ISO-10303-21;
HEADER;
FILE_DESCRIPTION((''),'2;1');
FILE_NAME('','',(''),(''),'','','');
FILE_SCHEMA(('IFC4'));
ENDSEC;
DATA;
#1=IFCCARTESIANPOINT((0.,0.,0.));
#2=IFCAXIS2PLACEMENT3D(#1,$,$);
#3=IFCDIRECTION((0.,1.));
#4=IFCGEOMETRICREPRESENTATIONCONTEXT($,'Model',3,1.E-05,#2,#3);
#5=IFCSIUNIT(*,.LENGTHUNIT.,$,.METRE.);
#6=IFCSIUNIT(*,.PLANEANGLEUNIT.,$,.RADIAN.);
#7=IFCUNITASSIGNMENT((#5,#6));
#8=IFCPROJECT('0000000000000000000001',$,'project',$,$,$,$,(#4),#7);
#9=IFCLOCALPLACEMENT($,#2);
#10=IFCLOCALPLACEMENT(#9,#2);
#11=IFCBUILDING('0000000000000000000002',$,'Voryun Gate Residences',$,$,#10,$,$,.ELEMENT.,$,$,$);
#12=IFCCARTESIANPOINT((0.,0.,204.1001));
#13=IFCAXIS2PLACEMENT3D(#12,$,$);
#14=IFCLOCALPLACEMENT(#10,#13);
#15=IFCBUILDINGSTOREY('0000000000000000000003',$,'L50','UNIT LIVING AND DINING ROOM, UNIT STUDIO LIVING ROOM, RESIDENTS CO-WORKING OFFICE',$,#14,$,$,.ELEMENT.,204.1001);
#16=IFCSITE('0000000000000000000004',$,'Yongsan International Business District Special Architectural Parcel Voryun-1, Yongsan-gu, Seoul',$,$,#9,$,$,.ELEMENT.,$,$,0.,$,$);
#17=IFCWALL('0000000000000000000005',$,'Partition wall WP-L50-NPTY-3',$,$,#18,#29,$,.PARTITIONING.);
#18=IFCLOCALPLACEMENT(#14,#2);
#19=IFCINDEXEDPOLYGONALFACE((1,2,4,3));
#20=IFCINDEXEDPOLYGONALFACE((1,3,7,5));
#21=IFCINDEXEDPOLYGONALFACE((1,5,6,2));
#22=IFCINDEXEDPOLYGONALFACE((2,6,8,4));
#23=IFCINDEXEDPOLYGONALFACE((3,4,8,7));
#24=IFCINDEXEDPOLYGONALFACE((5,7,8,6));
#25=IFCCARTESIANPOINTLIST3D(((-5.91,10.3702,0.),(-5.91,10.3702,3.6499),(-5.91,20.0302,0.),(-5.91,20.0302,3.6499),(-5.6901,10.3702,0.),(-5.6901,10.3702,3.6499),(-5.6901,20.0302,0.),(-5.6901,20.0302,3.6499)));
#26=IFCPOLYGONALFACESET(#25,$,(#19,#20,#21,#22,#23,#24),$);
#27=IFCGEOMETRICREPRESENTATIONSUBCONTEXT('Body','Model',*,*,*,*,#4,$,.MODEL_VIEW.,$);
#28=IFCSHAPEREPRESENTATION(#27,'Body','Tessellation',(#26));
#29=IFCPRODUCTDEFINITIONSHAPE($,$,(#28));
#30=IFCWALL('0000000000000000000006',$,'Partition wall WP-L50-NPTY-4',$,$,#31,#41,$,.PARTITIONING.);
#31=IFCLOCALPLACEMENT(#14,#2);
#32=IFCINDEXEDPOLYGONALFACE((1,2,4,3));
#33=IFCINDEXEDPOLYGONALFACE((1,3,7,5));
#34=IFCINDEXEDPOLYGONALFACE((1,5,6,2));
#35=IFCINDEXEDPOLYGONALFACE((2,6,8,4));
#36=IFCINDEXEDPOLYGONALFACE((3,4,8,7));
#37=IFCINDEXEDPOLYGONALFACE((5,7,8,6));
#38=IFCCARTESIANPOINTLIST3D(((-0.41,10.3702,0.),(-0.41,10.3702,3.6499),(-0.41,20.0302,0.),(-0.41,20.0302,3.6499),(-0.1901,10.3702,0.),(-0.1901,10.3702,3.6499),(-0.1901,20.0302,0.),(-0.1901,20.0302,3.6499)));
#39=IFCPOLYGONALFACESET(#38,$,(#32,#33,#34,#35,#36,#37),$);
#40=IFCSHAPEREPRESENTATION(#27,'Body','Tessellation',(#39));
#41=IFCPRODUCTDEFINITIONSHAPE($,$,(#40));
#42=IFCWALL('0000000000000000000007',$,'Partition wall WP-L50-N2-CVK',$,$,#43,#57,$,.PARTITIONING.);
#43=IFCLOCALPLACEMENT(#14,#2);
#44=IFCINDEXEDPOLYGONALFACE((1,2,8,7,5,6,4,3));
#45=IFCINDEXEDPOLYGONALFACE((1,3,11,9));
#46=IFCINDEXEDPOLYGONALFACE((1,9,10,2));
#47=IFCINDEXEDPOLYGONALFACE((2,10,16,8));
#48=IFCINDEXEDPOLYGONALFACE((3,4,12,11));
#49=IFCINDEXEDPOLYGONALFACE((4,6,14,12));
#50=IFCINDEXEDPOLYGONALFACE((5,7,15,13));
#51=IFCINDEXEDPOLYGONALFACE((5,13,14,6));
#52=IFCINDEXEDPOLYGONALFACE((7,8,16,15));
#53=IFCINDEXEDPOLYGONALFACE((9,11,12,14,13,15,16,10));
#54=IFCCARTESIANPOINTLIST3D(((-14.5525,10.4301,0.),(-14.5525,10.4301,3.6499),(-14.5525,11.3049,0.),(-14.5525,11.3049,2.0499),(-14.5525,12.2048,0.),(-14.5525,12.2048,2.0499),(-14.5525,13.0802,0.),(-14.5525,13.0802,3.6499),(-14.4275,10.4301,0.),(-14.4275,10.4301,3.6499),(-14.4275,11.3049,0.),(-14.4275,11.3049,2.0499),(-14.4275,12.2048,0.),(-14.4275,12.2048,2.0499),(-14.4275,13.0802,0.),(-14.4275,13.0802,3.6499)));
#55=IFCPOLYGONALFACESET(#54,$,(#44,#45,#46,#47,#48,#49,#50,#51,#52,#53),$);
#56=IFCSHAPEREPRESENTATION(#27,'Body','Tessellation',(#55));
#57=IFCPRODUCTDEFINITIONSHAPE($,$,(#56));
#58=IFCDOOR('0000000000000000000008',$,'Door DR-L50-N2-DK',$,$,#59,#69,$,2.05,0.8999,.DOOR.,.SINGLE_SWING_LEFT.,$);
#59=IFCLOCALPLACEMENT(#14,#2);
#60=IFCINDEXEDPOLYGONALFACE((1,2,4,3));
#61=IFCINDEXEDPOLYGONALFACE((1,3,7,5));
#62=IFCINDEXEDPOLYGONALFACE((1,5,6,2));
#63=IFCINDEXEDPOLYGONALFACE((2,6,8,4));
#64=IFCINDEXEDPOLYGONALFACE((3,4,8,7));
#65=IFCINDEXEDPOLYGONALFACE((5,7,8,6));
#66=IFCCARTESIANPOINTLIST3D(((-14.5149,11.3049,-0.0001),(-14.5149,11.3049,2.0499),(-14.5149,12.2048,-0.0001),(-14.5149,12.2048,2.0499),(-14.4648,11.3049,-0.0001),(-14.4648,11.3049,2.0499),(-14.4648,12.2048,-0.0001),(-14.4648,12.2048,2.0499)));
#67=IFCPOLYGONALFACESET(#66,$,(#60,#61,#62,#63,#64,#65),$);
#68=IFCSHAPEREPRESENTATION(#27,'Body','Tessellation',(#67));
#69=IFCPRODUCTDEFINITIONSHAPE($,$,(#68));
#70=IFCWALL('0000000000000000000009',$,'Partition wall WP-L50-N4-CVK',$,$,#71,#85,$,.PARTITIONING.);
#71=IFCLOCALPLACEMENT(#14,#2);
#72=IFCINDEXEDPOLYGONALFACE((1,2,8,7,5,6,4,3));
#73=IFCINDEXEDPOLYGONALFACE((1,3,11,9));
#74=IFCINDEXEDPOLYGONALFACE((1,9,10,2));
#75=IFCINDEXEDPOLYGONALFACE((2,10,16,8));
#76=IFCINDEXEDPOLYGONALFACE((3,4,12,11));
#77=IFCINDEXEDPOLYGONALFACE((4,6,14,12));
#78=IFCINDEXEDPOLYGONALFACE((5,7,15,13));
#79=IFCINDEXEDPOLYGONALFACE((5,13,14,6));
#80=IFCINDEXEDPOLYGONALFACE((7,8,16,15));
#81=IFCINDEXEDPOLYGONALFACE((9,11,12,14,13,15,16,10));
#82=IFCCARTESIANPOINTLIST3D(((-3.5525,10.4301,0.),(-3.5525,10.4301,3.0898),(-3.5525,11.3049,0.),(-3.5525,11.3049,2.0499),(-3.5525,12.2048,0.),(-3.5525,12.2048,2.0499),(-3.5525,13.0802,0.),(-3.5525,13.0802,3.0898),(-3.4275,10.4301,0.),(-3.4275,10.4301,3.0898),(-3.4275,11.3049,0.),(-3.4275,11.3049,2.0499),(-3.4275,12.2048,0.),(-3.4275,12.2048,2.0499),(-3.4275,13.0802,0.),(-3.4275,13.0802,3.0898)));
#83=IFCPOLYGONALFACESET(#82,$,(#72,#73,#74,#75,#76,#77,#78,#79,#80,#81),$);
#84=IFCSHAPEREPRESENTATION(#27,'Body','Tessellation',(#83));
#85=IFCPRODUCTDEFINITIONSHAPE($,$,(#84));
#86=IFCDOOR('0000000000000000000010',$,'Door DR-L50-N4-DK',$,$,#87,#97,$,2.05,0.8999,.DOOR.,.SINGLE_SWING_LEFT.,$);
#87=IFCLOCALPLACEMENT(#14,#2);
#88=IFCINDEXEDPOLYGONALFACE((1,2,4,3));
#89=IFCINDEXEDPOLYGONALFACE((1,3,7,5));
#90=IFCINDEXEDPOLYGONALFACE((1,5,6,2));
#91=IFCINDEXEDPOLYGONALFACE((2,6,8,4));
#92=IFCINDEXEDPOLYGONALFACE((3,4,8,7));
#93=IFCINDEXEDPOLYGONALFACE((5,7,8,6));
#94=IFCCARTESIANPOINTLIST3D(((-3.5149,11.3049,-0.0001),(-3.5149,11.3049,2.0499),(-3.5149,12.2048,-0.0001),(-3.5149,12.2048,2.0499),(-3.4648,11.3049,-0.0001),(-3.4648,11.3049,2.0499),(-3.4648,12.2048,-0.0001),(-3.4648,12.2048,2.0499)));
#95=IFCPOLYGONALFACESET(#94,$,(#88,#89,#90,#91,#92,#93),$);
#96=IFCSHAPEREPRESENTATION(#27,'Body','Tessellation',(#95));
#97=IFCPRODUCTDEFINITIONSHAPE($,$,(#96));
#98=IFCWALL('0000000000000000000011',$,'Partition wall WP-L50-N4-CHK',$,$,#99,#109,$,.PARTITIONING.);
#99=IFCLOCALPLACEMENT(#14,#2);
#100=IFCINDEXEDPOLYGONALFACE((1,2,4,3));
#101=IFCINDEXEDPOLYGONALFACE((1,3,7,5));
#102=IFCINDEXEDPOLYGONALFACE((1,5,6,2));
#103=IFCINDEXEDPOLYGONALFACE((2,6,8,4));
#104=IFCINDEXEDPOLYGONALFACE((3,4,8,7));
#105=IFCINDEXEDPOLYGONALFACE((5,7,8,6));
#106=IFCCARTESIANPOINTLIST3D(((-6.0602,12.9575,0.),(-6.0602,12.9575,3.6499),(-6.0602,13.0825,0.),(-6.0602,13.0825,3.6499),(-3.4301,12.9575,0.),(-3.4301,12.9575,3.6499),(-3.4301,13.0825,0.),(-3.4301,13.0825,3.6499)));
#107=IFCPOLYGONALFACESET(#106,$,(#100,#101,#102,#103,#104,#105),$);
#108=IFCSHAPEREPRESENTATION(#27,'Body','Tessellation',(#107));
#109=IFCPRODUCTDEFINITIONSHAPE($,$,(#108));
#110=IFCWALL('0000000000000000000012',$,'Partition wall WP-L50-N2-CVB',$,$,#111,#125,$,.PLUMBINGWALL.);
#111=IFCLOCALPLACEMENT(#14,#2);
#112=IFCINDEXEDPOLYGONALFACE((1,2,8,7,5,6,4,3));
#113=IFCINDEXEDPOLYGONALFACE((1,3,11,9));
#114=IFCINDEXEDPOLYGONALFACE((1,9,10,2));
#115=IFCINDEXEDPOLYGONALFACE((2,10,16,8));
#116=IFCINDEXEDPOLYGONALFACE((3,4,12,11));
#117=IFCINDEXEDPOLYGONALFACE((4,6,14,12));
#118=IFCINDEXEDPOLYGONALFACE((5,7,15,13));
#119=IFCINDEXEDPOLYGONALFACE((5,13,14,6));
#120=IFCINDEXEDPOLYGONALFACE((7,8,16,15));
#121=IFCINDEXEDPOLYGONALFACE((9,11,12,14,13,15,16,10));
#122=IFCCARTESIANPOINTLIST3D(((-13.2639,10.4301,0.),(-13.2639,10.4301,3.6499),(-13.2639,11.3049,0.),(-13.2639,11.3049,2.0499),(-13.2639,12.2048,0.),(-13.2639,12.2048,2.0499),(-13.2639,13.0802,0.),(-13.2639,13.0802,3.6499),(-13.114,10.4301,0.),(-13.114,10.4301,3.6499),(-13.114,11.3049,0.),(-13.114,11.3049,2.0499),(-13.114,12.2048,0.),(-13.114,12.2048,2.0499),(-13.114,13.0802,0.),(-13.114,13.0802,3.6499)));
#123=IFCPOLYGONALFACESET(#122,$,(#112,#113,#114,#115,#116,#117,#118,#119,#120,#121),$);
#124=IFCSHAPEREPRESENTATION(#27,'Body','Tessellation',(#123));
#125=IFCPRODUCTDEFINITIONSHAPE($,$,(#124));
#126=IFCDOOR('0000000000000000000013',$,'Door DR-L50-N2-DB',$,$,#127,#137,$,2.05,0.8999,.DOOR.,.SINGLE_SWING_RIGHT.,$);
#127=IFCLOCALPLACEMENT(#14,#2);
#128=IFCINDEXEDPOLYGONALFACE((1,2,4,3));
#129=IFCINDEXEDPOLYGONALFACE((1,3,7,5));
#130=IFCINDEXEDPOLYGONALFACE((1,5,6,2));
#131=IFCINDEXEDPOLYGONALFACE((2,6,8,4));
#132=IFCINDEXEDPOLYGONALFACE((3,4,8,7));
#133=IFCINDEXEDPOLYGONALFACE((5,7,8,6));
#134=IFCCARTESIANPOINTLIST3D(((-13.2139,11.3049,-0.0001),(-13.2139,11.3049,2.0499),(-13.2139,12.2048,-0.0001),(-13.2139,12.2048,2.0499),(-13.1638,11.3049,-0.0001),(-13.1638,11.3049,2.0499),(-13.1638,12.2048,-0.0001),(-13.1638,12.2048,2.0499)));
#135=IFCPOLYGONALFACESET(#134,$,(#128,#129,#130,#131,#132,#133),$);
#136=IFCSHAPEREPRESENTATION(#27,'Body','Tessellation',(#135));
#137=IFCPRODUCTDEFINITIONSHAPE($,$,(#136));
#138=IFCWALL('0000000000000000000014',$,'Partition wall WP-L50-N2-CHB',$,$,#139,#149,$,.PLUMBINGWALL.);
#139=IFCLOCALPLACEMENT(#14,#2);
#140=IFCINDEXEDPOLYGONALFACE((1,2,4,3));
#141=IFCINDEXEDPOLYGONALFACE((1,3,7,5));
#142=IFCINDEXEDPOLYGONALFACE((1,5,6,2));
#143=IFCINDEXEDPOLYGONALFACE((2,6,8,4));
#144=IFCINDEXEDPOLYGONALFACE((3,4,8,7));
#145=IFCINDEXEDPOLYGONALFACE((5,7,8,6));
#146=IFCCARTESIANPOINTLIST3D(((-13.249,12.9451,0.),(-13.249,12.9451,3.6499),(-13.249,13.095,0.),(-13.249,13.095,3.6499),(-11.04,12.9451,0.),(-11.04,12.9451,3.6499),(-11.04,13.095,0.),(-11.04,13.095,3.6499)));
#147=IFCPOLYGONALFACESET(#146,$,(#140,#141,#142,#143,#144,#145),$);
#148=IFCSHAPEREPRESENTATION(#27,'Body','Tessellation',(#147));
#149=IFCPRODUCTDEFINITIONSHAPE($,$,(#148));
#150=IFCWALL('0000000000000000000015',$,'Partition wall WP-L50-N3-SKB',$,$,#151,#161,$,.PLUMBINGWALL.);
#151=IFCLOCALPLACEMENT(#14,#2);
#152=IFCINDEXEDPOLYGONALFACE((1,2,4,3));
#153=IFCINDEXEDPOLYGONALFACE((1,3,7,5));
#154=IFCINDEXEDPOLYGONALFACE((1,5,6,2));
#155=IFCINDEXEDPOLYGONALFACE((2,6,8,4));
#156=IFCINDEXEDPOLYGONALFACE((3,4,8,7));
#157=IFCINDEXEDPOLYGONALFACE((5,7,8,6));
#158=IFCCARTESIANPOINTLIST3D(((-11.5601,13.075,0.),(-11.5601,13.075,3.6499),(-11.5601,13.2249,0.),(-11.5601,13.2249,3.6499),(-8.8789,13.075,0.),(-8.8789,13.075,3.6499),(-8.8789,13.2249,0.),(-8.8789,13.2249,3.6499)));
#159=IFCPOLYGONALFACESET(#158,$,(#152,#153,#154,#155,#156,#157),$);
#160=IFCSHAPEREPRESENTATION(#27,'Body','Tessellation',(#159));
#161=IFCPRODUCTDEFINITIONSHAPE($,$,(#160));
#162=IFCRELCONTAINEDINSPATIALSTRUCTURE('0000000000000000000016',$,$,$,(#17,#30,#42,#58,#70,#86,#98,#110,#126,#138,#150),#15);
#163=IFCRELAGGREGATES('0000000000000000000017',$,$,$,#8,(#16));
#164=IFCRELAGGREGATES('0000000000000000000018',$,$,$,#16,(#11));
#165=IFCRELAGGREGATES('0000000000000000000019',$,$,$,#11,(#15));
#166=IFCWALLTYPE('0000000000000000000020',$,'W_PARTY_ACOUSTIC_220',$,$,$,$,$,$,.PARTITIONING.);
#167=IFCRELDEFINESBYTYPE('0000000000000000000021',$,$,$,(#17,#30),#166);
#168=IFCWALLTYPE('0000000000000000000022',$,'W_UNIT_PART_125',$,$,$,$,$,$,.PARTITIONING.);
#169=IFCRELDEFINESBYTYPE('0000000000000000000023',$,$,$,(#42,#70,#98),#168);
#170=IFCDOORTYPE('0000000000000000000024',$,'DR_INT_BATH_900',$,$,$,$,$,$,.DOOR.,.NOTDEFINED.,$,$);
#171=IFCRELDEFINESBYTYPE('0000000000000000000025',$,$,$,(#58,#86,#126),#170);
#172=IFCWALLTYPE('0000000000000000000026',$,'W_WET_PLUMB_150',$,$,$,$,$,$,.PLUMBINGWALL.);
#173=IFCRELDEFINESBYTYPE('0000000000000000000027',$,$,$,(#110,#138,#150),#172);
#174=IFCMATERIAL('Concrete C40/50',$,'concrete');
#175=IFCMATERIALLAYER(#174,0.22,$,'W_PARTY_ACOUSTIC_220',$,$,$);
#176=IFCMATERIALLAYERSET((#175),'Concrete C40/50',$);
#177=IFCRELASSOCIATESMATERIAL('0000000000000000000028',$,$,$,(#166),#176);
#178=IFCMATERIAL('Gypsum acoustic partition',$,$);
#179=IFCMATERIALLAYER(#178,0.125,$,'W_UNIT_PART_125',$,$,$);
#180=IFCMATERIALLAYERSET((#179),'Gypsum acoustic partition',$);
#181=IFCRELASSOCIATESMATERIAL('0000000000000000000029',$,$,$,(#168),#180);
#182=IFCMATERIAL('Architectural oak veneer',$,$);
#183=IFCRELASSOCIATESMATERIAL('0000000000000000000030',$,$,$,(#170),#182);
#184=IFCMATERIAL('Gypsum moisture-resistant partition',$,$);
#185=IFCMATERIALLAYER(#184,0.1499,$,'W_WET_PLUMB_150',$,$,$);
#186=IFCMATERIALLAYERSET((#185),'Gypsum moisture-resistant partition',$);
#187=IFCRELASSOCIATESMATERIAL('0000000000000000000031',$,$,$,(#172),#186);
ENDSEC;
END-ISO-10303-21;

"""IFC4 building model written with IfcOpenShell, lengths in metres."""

from ifc_helpers import new_model, si_unit, direction, frame, frame_2d, origin, place, context, subcontext, project, spatial, rectangle, extrude, material, layer, layer_set, type_object, element, fill, save


model = new_model("IFC4")

# Units and contexts
model_context = context("Model", 3, precision=1e-05, world=origin(), true_north=direction((0.0, 1.0)))
body_context = subcontext(model_context, "Body", "Model", "MODEL_VIEW")
ifc_project = project(units=[si_unit("LENGTHUNIT", "METRE"), si_unit("PLANEANGLEUNIT", "RADIAN")], contexts=[model_context])

# Site, building, storey
site_placement = place(None, origin())
site = spatial("IfcSite", under=ifc_project, at=site_placement, Name="Yongsan International Business District Special Architectural Parcel Voryun-1, Yongsan-gu, Seoul", CompositionType="ELEMENT", RefElevation=0.0)
building_placement = place(site_placement, origin())
building = spatial("IfcBuilding", under=site, at=building_placement, Name="Voryun Gate Residences", CompositionType="ELEMENT")
storey_placement = place(building_placement, frame((0.0, 0.0, 204.1001)))
storey = spatial("IfcBuildingStorey", under=building, at=storey_placement, Name="L50", Description="UNIT LIVING AND DINING ROOM, UNIT STUDIO LIVING ROOM, RESIDENTS CO-WORKING OFFICE", CompositionType="ELEMENT", Elevation=204.1001)

# Walls
ifc_material_1 = material(Name="Concrete C40/50", Category="concrete")
ifc_layer_1 = layer(ifc_material_1, 0.22, Name="W_PARTY_ACOUSTIC_220")
ifc_layer_set_1 = layer_set([ifc_layer_1], Name="Concrete C40/50")
wall_type_1 = type_object("IfcWallType", Name="W_PARTY_ACOUSTIC_220", PredefinedType="PARTITIONING", material=ifc_layer_set_1)
for number, where, z_axis, x_axis, name in (
    (1, (-5.8, 10.3701, 0.0), (0.0, 0.0, 1.0), (0.0, 1.0, 0.0), "Partition wall WP-L50-NPTY-3"),
    (2, (-0.3, 10.3701, 0.0), (0.0, 0.0, 1.0), (0.0, 1.0, 0.0), "Partition wall WP-L50-NPTY-4"),
):
    element("IfcWall", number, at=place(storey_placement, frame(where, z_axis=z_axis, x_axis=x_axis)), inside=storey, type_object=wall_type_1, Name=name, PredefinedType="PARTITIONING", context=body_context, shape_type="SweptSolid", body=[
        extrude(rectangle(XDim=9.6599, YDim=0.22, at=frame_2d((4.8301, 0.0))), origin(), (0.0, 0.0, 1.0), 3.6499),
    ])

# Walls, openings, doors
ifc_material_2 = material(Name="Gypsum acoustic partition")
ifc_layer_2 = layer(ifc_material_2, 0.125, Name="W_UNIT_PART_125")
ifc_layer_set_2 = layer_set([ifc_layer_2], Name="Gypsum acoustic partition")
wall_type_2 = type_object("IfcWallType", Name="W_UNIT_PART_125", PredefinedType="PARTITIONING", material=ifc_layer_set_2)
wall_1_placement = place(storey_placement, frame((-14.49, 10.4299, 0.0), z_axis=(0.0, 0.0, 1.0), x_axis=(0.0, 1.0, 0.0)))
wall_1 = element("IfcWall", 3, at=wall_1_placement, inside=storey, type_object=wall_type_2, Name="Partition wall WP-L50-N2-CVK", PredefinedType="PARTITIONING", context=body_context, shape_type="SweptSolid", body=[
    extrude(rectangle(XDim=2.6501, YDim=0.125, at=frame_2d((1.3252, 0.0))), origin(), (0.0, 0.0, 1.0), 3.6499),
])
opening_1_placement = place(wall_1_placement, frame((0.875, 0.0, 0.0)))
opening_1 = element("IfcOpeningElement", 4, at=opening_1_placement, cuts=wall_1, PredefinedType="OPENING", context=body_context, shape_type="SweptSolid", body=[
    extrude(rectangle(XDim=0.8999, YDim=2.05, at=frame_2d((0.45, 1.0249))), frame((0.0, 0.0725, 0.0), z_axis=(0.0, -1.0, 0.0), x_axis=(1.0, 0.0, 0.0)), (0.0, 0.0, 1.0), 0.145),
])
ifc_material_3 = material(Name="Architectural oak veneer")
door_type_1 = type_object("IfcDoorType", Name="DR_INT_BATH_900", OperationType="NOTDEFINED", PredefinedType="DOOR", material=ifc_material_3)
door_1_placement = place(opening_1_placement, origin())
door_1 = element("IfcDoor", 5, at=door_1_placement, inside=storey, type_object=door_type_1, Name="Door DR-L50-N2-DK", OperationType="SINGLE_SWING_LEFT", OverallHeight=2.05, OverallWidth=0.8999, PredefinedType="DOOR", context=body_context, shape_type="SweptSolid", body=[
    extrude(rectangle(XDim=0.8999, YDim=2.05, at=frame_2d((0.45, 1.0249))), frame((0.0, 0.0249, 0.0), z_axis=(0.0, -1.0, 0.0), x_axis=(1.0, 0.0, 0.0)), (0.0, 0.0, 1.0), 0.05),
])
fill(opening_1, door_1)
wall_2_placement = place(storey_placement, frame((-3.49, 10.4299, 0.0), z_axis=(0.0, 0.0, 1.0), x_axis=(0.0, 1.0, 0.0)))
wall_2 = element("IfcWall", 6, at=wall_2_placement, inside=storey, type_object=wall_type_2, Name="Partition wall WP-L50-N4-CVK", PredefinedType="PARTITIONING", context=body_context, shape_type="SweptSolid", body=[
    extrude(rectangle(XDim=2.6501, YDim=0.125, at=frame_2d((1.3252, 0.0))), origin(), (0.0, 0.0, 1.0), 3.0898),
])
opening_2_placement = place(wall_2_placement, frame((0.875, 0.0, 0.0)))
opening_2 = element("IfcOpeningElement", 7, at=opening_2_placement, cuts=wall_2, PredefinedType="OPENING", context=body_context, shape_type="SweptSolid", body=[
    extrude(rectangle(XDim=0.8999, YDim=2.05, at=frame_2d((0.45, 1.0249))), frame((0.0, 0.0725, 0.0), z_axis=(0.0, -1.0, 0.0), x_axis=(1.0, 0.0, 0.0)), (0.0, 0.0, 1.0), 0.145),
])
door_2_placement = place(opening_2_placement, origin())
door_2 = element("IfcDoor", 8, at=door_2_placement, inside=storey, type_object=door_type_1, Name="Door DR-L50-N4-DK", OperationType="SINGLE_SWING_LEFT", OverallHeight=2.05, OverallWidth=0.8999, PredefinedType="DOOR", context=body_context, shape_type="SweptSolid", body=[
    extrude(rectangle(XDim=0.8999, YDim=2.05, at=frame_2d((0.45, 1.0249))), frame((0.0, 0.0249, 0.0), z_axis=(0.0, -1.0, 0.0), x_axis=(1.0, 0.0, 0.0)), (0.0, 0.0, 1.0), 0.05),
])
fill(opening_2, door_2)

# Wall
wall_3_placement = place(storey_placement, frame((-6.0601, 13.02, 0.0), z_axis=(0.0, 0.0, 1.0), x_axis=(1.0, 0.0, 0.0)))
element("IfcWall", 9, at=wall_3_placement, inside=storey, type_object=wall_type_2, Name="Partition wall WP-L50-N4-CHK", PredefinedType="PARTITIONING", context=body_context, shape_type="SweptSolid", body=[
    extrude(rectangle(XDim=2.6301, YDim=0.125, at=frame_2d((1.3149, 0.0))), origin(), (0.0, 0.0, 1.0), 3.6499),
])

# Wall, opening, door
ifc_material_4 = material(Name="Gypsum moisture-resistant partition")
ifc_layer_3 = layer(ifc_material_4, 0.1499, Name="W_WET_PLUMB_150")
ifc_layer_set_3 = layer_set([ifc_layer_3], Name="Gypsum moisture-resistant partition")
wall_type_3 = type_object("IfcWallType", Name="W_WET_PLUMB_150", PredefinedType="PLUMBINGWALL", material=ifc_layer_set_3)
wall_4_placement = place(storey_placement, frame((-13.189, 10.4299, 0.0), z_axis=(0.0, 0.0, 1.0), x_axis=(0.0, 1.0, 0.0)))
wall_4 = element("IfcWall", 10, at=wall_4_placement, inside=storey, type_object=wall_type_3, Name="Partition wall WP-L50-N2-CVB", PredefinedType="PLUMBINGWALL", context=body_context, shape_type="SweptSolid", body=[
    extrude(rectangle(XDim=2.6501, YDim=0.1499, at=frame_2d((1.3252, 0.0))), origin(), (0.0, 0.0, 1.0), 3.6499),
])
opening_3_placement = place(wall_4_placement, frame((0.875, 0.0, 0.0)))
opening_3 = element("IfcOpeningElement", 11, at=opening_3_placement, cuts=wall_4, PredefinedType="OPENING", context=body_context, shape_type="SweptSolid", body=[
    extrude(rectangle(XDim=0.8999, YDim=2.05, at=frame_2d((0.45, 1.0249))), frame((0.0, 0.085, 0.0), z_axis=(0.0, -1.0, 0.0), x_axis=(1.0, 0.0, 0.0)), (0.0, 0.0, 1.0), 0.1699),
])
door_3_placement = place(opening_3_placement, origin())
door_3 = element("IfcDoor", 12, at=door_3_placement, inside=storey, type_object=door_type_1, Name="Door DR-L50-N2-DB", OperationType="SINGLE_SWING_RIGHT", OverallHeight=2.05, OverallWidth=0.8999, PredefinedType="DOOR", context=body_context, shape_type="SweptSolid", body=[
    extrude(rectangle(XDim=0.8999, YDim=2.05, at=frame_2d((0.45, 1.0249))), frame((0.0, 0.0249, 0.0), z_axis=(0.0, -1.0, 0.0), x_axis=(1.0, 0.0, 0.0)), (0.0, 0.0, 1.0), 0.05),
])
fill(opening_3, door_3)

# Walls
wall_5_placement = place(storey_placement, frame((-13.249, 13.02, 0.0), z_axis=(0.0, 0.0, 1.0), x_axis=(1.0, 0.0, 0.0)))
element("IfcWall", 13, at=wall_5_placement, inside=storey, type_object=wall_type_3, Name="Partition wall WP-L50-N2-CHB", PredefinedType="PLUMBINGWALL", context=body_context, shape_type="SweptSolid", body=[
    extrude(rectangle(XDim=2.209, YDim=0.1499, at=frame_2d((1.1045, 0.0))), origin(), (0.0, 0.0, 1.0), 3.6499),
])
wall_6_placement = place(storey_placement, frame((-11.5601, 13.1499, 0.0), z_axis=(0.0, 0.0, 1.0), x_axis=(1.0, 0.0, 0.0)))
element("IfcWall", 14, at=wall_6_placement, inside=storey, type_object=wall_type_3, Name="Partition wall WP-L50-N3-SKB", PredefinedType="PLUMBINGWALL", context=body_context, shape_type="SweptSolid", body=[
    extrude(rectangle(XDim=2.6812, YDim=0.1499, at=frame_2d((1.3406, 0.0))), origin(), (0.0, 0.0, 1.0), 3.6499),
])

save(model, "model.ifc")
